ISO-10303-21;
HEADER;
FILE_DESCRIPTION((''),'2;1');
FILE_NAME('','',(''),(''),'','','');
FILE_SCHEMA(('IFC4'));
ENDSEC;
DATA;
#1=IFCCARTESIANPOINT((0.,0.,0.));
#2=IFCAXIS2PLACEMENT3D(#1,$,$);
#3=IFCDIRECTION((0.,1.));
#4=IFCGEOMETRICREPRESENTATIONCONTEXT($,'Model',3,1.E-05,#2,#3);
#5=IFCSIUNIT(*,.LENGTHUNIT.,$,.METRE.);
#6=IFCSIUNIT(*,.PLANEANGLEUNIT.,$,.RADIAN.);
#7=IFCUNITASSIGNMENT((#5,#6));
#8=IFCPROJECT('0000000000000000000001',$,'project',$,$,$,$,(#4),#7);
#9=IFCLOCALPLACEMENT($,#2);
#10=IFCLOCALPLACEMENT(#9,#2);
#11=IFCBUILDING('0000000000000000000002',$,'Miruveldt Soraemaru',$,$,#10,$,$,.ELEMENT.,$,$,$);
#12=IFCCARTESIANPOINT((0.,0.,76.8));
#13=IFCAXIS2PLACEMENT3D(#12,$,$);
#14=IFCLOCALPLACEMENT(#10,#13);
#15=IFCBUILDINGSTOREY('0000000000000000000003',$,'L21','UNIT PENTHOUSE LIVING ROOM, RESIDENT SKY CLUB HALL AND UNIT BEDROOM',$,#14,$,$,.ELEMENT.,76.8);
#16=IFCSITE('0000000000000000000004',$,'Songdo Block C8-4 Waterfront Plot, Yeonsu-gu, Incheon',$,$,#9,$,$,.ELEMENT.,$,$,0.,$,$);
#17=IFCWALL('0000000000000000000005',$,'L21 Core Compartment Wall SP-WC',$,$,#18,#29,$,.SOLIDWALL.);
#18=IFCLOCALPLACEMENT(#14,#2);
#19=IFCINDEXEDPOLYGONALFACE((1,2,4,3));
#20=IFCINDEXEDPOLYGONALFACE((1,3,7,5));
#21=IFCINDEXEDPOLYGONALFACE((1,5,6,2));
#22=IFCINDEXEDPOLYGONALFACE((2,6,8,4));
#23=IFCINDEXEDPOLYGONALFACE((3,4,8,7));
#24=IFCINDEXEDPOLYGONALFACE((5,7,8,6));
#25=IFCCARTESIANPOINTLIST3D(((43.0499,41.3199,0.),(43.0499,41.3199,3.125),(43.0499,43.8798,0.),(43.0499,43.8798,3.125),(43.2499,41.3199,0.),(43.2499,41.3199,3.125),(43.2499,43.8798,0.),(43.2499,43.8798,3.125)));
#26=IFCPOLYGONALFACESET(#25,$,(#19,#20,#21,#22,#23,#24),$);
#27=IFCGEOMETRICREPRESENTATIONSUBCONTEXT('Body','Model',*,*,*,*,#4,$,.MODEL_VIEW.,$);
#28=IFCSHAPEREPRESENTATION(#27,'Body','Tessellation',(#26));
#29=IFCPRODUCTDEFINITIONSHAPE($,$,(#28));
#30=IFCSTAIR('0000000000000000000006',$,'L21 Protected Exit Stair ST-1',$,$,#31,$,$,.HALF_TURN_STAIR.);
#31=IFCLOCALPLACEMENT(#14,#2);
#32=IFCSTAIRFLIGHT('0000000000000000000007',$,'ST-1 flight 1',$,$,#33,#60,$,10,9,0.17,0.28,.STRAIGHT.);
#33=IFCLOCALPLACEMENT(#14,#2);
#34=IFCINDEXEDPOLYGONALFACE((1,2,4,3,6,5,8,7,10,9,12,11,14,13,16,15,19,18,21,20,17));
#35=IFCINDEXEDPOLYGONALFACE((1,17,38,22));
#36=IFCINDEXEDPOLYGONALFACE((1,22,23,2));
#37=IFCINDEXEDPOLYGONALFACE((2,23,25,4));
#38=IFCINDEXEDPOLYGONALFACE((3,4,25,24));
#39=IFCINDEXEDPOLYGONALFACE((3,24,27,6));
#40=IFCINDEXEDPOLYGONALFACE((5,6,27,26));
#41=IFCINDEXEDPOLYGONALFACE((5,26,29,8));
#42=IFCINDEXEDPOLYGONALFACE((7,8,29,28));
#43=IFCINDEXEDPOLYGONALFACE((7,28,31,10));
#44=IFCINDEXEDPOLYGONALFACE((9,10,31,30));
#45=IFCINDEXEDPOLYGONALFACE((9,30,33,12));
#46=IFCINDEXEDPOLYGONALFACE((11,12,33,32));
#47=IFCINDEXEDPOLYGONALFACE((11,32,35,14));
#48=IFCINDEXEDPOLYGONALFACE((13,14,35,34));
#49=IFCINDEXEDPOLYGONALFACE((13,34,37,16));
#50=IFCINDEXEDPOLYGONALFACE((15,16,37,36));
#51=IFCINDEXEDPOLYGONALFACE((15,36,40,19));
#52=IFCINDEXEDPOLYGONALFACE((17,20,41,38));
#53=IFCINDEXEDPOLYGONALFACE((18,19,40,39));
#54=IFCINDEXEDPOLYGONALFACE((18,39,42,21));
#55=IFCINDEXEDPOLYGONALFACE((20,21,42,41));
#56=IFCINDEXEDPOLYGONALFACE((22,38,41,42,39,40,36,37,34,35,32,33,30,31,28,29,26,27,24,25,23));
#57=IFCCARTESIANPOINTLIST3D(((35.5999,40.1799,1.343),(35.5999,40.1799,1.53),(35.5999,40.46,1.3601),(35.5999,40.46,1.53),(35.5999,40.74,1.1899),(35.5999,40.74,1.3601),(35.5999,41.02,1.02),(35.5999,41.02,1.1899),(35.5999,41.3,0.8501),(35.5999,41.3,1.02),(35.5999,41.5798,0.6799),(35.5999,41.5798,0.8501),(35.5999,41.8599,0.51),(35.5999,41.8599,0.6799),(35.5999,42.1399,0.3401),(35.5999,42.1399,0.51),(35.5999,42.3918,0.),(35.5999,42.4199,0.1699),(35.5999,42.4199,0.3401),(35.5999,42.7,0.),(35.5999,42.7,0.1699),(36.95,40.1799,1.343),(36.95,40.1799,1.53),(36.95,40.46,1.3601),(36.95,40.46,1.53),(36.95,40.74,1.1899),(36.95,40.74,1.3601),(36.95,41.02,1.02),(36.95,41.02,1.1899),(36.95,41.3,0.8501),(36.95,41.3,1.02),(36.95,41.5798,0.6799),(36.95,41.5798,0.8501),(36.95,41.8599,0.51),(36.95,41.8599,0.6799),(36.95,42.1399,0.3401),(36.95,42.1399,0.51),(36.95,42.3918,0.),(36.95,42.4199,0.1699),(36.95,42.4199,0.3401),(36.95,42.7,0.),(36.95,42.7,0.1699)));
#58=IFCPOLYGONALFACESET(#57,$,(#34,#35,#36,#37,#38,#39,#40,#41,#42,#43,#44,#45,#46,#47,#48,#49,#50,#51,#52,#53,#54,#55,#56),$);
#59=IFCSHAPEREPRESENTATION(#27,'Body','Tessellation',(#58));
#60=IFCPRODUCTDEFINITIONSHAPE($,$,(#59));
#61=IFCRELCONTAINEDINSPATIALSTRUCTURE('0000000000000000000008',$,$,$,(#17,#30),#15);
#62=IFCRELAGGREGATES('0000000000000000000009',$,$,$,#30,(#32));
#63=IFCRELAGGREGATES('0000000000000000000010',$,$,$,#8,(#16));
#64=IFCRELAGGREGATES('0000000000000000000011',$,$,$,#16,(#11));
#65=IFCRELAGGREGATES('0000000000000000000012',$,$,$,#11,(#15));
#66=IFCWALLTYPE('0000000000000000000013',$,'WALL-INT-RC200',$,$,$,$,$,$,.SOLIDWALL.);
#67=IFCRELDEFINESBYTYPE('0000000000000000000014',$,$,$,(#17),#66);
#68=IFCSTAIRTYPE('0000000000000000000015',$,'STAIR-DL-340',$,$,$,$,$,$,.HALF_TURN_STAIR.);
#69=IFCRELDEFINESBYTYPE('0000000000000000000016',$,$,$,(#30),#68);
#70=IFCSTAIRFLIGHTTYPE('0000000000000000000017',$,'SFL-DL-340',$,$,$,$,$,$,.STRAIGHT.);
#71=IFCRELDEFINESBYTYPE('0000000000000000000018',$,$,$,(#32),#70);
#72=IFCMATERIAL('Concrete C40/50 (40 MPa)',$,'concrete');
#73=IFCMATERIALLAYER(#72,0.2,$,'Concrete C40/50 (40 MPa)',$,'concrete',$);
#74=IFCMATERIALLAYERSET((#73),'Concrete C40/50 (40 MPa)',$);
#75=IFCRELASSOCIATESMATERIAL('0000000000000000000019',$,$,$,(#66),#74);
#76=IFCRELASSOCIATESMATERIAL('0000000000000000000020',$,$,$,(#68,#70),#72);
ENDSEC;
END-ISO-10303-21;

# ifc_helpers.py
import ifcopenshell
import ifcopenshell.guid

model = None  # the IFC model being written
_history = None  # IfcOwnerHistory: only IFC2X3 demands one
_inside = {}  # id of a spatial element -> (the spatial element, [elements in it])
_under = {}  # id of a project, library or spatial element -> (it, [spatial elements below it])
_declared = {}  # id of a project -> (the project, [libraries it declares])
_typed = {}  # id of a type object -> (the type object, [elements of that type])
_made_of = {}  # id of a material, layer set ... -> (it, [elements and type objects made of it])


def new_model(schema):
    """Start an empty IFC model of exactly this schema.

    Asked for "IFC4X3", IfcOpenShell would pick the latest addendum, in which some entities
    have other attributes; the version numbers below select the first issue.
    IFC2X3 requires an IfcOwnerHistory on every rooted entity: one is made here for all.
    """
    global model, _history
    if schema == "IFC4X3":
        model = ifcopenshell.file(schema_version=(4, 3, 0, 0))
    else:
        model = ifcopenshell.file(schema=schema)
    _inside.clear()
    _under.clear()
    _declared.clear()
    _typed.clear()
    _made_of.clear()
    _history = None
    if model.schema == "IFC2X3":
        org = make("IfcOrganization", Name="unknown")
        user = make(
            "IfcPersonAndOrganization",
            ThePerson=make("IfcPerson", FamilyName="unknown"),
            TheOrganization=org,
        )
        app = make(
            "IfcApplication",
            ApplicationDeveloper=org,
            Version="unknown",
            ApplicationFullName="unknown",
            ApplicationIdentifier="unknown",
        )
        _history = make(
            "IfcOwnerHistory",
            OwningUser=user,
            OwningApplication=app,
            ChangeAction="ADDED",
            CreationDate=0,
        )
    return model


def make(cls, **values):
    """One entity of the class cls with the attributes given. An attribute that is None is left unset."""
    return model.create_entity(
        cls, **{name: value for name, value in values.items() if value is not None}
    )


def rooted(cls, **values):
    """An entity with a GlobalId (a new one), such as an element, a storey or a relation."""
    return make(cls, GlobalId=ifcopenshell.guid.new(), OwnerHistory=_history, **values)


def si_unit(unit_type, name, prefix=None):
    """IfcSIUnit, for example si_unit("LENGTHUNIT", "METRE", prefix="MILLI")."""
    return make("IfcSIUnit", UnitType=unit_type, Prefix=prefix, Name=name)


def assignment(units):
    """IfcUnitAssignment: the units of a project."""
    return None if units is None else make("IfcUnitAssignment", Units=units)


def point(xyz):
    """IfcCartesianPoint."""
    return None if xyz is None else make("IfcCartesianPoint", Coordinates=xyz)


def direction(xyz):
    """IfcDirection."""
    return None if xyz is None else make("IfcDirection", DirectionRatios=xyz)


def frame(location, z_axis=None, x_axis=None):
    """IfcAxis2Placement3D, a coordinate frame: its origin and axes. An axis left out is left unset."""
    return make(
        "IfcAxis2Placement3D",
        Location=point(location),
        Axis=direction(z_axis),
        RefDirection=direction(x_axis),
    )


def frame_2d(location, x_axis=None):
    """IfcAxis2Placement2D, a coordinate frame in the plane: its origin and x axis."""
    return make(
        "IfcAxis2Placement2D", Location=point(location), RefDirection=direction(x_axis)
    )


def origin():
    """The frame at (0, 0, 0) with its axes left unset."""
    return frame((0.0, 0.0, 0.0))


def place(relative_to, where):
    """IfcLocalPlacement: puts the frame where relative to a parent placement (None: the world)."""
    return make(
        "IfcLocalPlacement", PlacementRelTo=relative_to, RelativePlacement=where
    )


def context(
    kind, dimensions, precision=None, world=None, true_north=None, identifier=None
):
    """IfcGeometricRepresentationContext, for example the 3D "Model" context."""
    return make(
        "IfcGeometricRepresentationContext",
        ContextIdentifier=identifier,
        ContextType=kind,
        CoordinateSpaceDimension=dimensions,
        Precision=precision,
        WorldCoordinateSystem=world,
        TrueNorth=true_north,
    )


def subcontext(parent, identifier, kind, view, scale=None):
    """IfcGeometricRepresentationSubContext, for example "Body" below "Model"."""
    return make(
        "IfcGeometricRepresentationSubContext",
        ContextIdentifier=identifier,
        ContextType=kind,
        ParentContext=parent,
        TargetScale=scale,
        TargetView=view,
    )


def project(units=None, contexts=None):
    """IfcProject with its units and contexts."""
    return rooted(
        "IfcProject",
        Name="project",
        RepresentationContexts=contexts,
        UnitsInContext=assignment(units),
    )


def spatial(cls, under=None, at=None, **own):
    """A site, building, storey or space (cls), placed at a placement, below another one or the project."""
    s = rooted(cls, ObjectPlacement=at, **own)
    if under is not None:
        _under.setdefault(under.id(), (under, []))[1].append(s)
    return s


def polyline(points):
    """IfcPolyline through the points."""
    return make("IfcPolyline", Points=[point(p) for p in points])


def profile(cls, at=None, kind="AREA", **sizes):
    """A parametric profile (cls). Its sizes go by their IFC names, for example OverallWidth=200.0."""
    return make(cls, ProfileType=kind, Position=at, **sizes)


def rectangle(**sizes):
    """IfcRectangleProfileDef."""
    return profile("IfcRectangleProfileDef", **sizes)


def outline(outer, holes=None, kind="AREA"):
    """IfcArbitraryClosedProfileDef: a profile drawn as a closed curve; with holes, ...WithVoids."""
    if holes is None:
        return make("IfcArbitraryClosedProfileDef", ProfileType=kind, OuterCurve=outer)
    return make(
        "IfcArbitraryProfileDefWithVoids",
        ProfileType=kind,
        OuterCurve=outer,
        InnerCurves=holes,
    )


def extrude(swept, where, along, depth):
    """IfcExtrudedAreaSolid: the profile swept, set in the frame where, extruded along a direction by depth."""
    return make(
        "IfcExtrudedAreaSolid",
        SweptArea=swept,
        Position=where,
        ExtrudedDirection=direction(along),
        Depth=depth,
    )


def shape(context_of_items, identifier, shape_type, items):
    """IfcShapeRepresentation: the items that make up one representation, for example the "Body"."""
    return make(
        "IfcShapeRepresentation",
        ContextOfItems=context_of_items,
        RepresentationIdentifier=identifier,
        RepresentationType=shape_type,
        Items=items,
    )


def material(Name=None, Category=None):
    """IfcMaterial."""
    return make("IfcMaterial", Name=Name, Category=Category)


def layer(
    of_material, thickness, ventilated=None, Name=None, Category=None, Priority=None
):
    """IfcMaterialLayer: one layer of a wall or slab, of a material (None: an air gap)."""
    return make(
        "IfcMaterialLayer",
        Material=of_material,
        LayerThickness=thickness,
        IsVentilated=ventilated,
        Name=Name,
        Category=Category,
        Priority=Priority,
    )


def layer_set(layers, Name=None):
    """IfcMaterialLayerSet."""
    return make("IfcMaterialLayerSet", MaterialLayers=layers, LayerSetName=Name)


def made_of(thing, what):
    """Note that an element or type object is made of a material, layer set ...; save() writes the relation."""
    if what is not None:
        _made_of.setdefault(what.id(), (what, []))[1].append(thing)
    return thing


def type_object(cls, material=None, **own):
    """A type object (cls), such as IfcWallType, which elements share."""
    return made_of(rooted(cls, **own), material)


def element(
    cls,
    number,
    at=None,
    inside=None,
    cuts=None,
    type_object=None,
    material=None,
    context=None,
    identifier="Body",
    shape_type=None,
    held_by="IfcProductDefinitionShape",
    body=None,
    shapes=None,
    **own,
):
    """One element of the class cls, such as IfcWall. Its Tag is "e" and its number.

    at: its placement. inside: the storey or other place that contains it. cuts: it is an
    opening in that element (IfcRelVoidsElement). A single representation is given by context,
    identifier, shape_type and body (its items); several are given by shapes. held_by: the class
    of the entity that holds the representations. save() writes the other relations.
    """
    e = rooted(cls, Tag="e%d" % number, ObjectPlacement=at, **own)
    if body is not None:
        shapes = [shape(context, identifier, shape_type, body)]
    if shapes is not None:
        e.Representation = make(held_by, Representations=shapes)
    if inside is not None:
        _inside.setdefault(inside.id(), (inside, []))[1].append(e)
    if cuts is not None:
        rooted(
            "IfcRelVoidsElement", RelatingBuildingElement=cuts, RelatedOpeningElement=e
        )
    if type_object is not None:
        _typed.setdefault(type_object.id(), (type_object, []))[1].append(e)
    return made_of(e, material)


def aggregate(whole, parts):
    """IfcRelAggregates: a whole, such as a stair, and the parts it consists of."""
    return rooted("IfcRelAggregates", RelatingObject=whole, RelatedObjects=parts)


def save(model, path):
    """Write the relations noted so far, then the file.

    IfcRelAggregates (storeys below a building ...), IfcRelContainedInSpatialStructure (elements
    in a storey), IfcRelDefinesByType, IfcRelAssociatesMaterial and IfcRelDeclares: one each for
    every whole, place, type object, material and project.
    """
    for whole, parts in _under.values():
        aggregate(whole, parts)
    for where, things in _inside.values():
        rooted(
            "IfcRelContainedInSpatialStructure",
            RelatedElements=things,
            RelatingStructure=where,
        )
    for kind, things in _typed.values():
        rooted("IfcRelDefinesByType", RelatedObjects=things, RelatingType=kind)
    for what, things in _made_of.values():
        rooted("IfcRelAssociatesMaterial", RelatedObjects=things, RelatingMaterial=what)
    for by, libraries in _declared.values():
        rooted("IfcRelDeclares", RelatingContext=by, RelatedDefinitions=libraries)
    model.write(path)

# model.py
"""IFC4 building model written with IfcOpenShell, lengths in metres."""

from ifc_helpers import new_model, si_unit, direction, frame, frame_2d, origin, place, context, subcontext, project, spatial, polyline, rectangle, outline, extrude, material, layer, layer_set, type_object, element, aggregate, save


model = new_model("IFC4")

# Units and contexts
model_context = context("Model", 3, precision=1e-05, world=origin(), true_north=direction((0.0, 1.0)))
body_context = subcontext(model_context, "Body", "Model", "MODEL_VIEW")
ifc_project = project(units=[si_unit("LENGTHUNIT", "METRE"), si_unit("PLANEANGLEUNIT", "RADIAN")], contexts=[model_context])

# Site, building, storey
site_placement = place(None, origin())
site = spatial("IfcSite", under=ifc_project, at=site_placement, Name="Songdo Block C8-4 Waterfront Plot, Yeonsu-gu, Incheon", CompositionType="ELEMENT", RefElevation=0.0)
building_placement = place(site_placement, origin())
building = spatial("IfcBuilding", under=site, at=building_placement, Name="Miruveldt Soraemaru", CompositionType="ELEMENT")
storey_placement = place(building_placement, frame((0.0, 0.0, 76.8)))
storey = spatial("IfcBuildingStorey", under=building, at=storey_placement, Name="L21", Description="UNIT PENTHOUSE LIVING ROOM, RESIDENT SKY CLUB HALL AND UNIT BEDROOM", CompositionType="ELEMENT", Elevation=76.8)

# Shared definitions
ifc_material_1 = material(Name="Concrete C40/50 (40 MPa)", Category="concrete")

# Shared definitions
ifc_layer_1 = layer(ifc_material_1, 0.2, Name="Concrete C40/50 (40 MPa)", Category="concrete")
ifc_layer_set_1 = layer_set([ifc_layer_1], Name="Concrete C40/50 (40 MPa)")
wall_type_1 = type_object("IfcWallType", Name="WALL-INT-RC200", PredefinedType="SOLIDWALL", material=ifc_layer_set_1)

# Wall
wall_1_placement = place(storey_placement, frame((43.1499, 41.3201, 0.0), z_axis=(0.0, 0.0, 1.0), x_axis=(0.0, 1.0, 0.0)))
element("IfcWall", 1, at=wall_1_placement, inside=storey, type_object=wall_type_1, Name="L21 Core Compartment Wall SP-WC", PredefinedType="SOLIDWALL", context=body_context, shape_type="SweptSolid", body=[
    extrude(rectangle(XDim=2.5598, YDim=0.2, at=frame_2d((1.2798, 0.0))), origin(), (0.0, 0.0, 1.0), 3.125),
])

# Stair, stair flight
stair_type = type_object("IfcStairType", Name="STAIR-DL-340", PredefinedType="HALF_TURN_STAIR", material=ifc_material_1)
stair_placement = place(storey_placement, origin())
stair = element("IfcStair", 2, at=stair_placement, inside=storey, type_object=stair_type, Name="L21 Protected Exit Stair ST-1", PredefinedType="HALF_TURN_STAIR")
stair_flight_type = type_object("IfcStairFlightType", Name="SFL-DL-340", PredefinedType="STRAIGHT", material=ifc_material_1)
stair_flight_placement = place(storey_placement, frame((36.2749, 42.7, 0.0), z_axis=(0.0, 0.0, 1.0), x_axis=(0.0, -1.0, 0.0)))
stair_flight = element("IfcStairFlight", 3, at=stair_flight_placement, type_object=stair_flight_type, Name="ST-1 flight 1", NumberOfRisers=10, NumberOfTreads=9, PredefinedType="STRAIGHT", RiserHeight=0.17, TreadLength=0.28, context=body_context, shape_type="SweptSolid", body=[
    extrude(outline(polyline([(0.0, 0.0), (0.0, 0.1699), (0.28, 0.1699), (0.28, 0.3401), (0.5601, 0.3401), (0.5601, 0.51), (0.8401, 0.51), (0.8401, 0.6799), (1.1201, 0.6799), (1.1201, 0.8501), (1.3999, 0.8501), (1.3999, 1.02), (1.6799, 1.02), (1.6799, 1.1899), (1.96, 1.1899), (1.96, 1.3601), (2.24, 1.3601), (2.24, 1.53), (2.52, 1.53), (2.52, 1.7), (2.52, 1.343), (0.3081, 0.0), (0.0, 0.0)])), frame((0.0, 0.675, 0.0), z_axis=(0.0, -1.0, 0.0), x_axis=(1.0, 0.0, 0.0)), (0.0, 0.0, 1.0), 1.3501),
])
aggregate(stair, [stair_flight])

save(model, "model.ifc")
